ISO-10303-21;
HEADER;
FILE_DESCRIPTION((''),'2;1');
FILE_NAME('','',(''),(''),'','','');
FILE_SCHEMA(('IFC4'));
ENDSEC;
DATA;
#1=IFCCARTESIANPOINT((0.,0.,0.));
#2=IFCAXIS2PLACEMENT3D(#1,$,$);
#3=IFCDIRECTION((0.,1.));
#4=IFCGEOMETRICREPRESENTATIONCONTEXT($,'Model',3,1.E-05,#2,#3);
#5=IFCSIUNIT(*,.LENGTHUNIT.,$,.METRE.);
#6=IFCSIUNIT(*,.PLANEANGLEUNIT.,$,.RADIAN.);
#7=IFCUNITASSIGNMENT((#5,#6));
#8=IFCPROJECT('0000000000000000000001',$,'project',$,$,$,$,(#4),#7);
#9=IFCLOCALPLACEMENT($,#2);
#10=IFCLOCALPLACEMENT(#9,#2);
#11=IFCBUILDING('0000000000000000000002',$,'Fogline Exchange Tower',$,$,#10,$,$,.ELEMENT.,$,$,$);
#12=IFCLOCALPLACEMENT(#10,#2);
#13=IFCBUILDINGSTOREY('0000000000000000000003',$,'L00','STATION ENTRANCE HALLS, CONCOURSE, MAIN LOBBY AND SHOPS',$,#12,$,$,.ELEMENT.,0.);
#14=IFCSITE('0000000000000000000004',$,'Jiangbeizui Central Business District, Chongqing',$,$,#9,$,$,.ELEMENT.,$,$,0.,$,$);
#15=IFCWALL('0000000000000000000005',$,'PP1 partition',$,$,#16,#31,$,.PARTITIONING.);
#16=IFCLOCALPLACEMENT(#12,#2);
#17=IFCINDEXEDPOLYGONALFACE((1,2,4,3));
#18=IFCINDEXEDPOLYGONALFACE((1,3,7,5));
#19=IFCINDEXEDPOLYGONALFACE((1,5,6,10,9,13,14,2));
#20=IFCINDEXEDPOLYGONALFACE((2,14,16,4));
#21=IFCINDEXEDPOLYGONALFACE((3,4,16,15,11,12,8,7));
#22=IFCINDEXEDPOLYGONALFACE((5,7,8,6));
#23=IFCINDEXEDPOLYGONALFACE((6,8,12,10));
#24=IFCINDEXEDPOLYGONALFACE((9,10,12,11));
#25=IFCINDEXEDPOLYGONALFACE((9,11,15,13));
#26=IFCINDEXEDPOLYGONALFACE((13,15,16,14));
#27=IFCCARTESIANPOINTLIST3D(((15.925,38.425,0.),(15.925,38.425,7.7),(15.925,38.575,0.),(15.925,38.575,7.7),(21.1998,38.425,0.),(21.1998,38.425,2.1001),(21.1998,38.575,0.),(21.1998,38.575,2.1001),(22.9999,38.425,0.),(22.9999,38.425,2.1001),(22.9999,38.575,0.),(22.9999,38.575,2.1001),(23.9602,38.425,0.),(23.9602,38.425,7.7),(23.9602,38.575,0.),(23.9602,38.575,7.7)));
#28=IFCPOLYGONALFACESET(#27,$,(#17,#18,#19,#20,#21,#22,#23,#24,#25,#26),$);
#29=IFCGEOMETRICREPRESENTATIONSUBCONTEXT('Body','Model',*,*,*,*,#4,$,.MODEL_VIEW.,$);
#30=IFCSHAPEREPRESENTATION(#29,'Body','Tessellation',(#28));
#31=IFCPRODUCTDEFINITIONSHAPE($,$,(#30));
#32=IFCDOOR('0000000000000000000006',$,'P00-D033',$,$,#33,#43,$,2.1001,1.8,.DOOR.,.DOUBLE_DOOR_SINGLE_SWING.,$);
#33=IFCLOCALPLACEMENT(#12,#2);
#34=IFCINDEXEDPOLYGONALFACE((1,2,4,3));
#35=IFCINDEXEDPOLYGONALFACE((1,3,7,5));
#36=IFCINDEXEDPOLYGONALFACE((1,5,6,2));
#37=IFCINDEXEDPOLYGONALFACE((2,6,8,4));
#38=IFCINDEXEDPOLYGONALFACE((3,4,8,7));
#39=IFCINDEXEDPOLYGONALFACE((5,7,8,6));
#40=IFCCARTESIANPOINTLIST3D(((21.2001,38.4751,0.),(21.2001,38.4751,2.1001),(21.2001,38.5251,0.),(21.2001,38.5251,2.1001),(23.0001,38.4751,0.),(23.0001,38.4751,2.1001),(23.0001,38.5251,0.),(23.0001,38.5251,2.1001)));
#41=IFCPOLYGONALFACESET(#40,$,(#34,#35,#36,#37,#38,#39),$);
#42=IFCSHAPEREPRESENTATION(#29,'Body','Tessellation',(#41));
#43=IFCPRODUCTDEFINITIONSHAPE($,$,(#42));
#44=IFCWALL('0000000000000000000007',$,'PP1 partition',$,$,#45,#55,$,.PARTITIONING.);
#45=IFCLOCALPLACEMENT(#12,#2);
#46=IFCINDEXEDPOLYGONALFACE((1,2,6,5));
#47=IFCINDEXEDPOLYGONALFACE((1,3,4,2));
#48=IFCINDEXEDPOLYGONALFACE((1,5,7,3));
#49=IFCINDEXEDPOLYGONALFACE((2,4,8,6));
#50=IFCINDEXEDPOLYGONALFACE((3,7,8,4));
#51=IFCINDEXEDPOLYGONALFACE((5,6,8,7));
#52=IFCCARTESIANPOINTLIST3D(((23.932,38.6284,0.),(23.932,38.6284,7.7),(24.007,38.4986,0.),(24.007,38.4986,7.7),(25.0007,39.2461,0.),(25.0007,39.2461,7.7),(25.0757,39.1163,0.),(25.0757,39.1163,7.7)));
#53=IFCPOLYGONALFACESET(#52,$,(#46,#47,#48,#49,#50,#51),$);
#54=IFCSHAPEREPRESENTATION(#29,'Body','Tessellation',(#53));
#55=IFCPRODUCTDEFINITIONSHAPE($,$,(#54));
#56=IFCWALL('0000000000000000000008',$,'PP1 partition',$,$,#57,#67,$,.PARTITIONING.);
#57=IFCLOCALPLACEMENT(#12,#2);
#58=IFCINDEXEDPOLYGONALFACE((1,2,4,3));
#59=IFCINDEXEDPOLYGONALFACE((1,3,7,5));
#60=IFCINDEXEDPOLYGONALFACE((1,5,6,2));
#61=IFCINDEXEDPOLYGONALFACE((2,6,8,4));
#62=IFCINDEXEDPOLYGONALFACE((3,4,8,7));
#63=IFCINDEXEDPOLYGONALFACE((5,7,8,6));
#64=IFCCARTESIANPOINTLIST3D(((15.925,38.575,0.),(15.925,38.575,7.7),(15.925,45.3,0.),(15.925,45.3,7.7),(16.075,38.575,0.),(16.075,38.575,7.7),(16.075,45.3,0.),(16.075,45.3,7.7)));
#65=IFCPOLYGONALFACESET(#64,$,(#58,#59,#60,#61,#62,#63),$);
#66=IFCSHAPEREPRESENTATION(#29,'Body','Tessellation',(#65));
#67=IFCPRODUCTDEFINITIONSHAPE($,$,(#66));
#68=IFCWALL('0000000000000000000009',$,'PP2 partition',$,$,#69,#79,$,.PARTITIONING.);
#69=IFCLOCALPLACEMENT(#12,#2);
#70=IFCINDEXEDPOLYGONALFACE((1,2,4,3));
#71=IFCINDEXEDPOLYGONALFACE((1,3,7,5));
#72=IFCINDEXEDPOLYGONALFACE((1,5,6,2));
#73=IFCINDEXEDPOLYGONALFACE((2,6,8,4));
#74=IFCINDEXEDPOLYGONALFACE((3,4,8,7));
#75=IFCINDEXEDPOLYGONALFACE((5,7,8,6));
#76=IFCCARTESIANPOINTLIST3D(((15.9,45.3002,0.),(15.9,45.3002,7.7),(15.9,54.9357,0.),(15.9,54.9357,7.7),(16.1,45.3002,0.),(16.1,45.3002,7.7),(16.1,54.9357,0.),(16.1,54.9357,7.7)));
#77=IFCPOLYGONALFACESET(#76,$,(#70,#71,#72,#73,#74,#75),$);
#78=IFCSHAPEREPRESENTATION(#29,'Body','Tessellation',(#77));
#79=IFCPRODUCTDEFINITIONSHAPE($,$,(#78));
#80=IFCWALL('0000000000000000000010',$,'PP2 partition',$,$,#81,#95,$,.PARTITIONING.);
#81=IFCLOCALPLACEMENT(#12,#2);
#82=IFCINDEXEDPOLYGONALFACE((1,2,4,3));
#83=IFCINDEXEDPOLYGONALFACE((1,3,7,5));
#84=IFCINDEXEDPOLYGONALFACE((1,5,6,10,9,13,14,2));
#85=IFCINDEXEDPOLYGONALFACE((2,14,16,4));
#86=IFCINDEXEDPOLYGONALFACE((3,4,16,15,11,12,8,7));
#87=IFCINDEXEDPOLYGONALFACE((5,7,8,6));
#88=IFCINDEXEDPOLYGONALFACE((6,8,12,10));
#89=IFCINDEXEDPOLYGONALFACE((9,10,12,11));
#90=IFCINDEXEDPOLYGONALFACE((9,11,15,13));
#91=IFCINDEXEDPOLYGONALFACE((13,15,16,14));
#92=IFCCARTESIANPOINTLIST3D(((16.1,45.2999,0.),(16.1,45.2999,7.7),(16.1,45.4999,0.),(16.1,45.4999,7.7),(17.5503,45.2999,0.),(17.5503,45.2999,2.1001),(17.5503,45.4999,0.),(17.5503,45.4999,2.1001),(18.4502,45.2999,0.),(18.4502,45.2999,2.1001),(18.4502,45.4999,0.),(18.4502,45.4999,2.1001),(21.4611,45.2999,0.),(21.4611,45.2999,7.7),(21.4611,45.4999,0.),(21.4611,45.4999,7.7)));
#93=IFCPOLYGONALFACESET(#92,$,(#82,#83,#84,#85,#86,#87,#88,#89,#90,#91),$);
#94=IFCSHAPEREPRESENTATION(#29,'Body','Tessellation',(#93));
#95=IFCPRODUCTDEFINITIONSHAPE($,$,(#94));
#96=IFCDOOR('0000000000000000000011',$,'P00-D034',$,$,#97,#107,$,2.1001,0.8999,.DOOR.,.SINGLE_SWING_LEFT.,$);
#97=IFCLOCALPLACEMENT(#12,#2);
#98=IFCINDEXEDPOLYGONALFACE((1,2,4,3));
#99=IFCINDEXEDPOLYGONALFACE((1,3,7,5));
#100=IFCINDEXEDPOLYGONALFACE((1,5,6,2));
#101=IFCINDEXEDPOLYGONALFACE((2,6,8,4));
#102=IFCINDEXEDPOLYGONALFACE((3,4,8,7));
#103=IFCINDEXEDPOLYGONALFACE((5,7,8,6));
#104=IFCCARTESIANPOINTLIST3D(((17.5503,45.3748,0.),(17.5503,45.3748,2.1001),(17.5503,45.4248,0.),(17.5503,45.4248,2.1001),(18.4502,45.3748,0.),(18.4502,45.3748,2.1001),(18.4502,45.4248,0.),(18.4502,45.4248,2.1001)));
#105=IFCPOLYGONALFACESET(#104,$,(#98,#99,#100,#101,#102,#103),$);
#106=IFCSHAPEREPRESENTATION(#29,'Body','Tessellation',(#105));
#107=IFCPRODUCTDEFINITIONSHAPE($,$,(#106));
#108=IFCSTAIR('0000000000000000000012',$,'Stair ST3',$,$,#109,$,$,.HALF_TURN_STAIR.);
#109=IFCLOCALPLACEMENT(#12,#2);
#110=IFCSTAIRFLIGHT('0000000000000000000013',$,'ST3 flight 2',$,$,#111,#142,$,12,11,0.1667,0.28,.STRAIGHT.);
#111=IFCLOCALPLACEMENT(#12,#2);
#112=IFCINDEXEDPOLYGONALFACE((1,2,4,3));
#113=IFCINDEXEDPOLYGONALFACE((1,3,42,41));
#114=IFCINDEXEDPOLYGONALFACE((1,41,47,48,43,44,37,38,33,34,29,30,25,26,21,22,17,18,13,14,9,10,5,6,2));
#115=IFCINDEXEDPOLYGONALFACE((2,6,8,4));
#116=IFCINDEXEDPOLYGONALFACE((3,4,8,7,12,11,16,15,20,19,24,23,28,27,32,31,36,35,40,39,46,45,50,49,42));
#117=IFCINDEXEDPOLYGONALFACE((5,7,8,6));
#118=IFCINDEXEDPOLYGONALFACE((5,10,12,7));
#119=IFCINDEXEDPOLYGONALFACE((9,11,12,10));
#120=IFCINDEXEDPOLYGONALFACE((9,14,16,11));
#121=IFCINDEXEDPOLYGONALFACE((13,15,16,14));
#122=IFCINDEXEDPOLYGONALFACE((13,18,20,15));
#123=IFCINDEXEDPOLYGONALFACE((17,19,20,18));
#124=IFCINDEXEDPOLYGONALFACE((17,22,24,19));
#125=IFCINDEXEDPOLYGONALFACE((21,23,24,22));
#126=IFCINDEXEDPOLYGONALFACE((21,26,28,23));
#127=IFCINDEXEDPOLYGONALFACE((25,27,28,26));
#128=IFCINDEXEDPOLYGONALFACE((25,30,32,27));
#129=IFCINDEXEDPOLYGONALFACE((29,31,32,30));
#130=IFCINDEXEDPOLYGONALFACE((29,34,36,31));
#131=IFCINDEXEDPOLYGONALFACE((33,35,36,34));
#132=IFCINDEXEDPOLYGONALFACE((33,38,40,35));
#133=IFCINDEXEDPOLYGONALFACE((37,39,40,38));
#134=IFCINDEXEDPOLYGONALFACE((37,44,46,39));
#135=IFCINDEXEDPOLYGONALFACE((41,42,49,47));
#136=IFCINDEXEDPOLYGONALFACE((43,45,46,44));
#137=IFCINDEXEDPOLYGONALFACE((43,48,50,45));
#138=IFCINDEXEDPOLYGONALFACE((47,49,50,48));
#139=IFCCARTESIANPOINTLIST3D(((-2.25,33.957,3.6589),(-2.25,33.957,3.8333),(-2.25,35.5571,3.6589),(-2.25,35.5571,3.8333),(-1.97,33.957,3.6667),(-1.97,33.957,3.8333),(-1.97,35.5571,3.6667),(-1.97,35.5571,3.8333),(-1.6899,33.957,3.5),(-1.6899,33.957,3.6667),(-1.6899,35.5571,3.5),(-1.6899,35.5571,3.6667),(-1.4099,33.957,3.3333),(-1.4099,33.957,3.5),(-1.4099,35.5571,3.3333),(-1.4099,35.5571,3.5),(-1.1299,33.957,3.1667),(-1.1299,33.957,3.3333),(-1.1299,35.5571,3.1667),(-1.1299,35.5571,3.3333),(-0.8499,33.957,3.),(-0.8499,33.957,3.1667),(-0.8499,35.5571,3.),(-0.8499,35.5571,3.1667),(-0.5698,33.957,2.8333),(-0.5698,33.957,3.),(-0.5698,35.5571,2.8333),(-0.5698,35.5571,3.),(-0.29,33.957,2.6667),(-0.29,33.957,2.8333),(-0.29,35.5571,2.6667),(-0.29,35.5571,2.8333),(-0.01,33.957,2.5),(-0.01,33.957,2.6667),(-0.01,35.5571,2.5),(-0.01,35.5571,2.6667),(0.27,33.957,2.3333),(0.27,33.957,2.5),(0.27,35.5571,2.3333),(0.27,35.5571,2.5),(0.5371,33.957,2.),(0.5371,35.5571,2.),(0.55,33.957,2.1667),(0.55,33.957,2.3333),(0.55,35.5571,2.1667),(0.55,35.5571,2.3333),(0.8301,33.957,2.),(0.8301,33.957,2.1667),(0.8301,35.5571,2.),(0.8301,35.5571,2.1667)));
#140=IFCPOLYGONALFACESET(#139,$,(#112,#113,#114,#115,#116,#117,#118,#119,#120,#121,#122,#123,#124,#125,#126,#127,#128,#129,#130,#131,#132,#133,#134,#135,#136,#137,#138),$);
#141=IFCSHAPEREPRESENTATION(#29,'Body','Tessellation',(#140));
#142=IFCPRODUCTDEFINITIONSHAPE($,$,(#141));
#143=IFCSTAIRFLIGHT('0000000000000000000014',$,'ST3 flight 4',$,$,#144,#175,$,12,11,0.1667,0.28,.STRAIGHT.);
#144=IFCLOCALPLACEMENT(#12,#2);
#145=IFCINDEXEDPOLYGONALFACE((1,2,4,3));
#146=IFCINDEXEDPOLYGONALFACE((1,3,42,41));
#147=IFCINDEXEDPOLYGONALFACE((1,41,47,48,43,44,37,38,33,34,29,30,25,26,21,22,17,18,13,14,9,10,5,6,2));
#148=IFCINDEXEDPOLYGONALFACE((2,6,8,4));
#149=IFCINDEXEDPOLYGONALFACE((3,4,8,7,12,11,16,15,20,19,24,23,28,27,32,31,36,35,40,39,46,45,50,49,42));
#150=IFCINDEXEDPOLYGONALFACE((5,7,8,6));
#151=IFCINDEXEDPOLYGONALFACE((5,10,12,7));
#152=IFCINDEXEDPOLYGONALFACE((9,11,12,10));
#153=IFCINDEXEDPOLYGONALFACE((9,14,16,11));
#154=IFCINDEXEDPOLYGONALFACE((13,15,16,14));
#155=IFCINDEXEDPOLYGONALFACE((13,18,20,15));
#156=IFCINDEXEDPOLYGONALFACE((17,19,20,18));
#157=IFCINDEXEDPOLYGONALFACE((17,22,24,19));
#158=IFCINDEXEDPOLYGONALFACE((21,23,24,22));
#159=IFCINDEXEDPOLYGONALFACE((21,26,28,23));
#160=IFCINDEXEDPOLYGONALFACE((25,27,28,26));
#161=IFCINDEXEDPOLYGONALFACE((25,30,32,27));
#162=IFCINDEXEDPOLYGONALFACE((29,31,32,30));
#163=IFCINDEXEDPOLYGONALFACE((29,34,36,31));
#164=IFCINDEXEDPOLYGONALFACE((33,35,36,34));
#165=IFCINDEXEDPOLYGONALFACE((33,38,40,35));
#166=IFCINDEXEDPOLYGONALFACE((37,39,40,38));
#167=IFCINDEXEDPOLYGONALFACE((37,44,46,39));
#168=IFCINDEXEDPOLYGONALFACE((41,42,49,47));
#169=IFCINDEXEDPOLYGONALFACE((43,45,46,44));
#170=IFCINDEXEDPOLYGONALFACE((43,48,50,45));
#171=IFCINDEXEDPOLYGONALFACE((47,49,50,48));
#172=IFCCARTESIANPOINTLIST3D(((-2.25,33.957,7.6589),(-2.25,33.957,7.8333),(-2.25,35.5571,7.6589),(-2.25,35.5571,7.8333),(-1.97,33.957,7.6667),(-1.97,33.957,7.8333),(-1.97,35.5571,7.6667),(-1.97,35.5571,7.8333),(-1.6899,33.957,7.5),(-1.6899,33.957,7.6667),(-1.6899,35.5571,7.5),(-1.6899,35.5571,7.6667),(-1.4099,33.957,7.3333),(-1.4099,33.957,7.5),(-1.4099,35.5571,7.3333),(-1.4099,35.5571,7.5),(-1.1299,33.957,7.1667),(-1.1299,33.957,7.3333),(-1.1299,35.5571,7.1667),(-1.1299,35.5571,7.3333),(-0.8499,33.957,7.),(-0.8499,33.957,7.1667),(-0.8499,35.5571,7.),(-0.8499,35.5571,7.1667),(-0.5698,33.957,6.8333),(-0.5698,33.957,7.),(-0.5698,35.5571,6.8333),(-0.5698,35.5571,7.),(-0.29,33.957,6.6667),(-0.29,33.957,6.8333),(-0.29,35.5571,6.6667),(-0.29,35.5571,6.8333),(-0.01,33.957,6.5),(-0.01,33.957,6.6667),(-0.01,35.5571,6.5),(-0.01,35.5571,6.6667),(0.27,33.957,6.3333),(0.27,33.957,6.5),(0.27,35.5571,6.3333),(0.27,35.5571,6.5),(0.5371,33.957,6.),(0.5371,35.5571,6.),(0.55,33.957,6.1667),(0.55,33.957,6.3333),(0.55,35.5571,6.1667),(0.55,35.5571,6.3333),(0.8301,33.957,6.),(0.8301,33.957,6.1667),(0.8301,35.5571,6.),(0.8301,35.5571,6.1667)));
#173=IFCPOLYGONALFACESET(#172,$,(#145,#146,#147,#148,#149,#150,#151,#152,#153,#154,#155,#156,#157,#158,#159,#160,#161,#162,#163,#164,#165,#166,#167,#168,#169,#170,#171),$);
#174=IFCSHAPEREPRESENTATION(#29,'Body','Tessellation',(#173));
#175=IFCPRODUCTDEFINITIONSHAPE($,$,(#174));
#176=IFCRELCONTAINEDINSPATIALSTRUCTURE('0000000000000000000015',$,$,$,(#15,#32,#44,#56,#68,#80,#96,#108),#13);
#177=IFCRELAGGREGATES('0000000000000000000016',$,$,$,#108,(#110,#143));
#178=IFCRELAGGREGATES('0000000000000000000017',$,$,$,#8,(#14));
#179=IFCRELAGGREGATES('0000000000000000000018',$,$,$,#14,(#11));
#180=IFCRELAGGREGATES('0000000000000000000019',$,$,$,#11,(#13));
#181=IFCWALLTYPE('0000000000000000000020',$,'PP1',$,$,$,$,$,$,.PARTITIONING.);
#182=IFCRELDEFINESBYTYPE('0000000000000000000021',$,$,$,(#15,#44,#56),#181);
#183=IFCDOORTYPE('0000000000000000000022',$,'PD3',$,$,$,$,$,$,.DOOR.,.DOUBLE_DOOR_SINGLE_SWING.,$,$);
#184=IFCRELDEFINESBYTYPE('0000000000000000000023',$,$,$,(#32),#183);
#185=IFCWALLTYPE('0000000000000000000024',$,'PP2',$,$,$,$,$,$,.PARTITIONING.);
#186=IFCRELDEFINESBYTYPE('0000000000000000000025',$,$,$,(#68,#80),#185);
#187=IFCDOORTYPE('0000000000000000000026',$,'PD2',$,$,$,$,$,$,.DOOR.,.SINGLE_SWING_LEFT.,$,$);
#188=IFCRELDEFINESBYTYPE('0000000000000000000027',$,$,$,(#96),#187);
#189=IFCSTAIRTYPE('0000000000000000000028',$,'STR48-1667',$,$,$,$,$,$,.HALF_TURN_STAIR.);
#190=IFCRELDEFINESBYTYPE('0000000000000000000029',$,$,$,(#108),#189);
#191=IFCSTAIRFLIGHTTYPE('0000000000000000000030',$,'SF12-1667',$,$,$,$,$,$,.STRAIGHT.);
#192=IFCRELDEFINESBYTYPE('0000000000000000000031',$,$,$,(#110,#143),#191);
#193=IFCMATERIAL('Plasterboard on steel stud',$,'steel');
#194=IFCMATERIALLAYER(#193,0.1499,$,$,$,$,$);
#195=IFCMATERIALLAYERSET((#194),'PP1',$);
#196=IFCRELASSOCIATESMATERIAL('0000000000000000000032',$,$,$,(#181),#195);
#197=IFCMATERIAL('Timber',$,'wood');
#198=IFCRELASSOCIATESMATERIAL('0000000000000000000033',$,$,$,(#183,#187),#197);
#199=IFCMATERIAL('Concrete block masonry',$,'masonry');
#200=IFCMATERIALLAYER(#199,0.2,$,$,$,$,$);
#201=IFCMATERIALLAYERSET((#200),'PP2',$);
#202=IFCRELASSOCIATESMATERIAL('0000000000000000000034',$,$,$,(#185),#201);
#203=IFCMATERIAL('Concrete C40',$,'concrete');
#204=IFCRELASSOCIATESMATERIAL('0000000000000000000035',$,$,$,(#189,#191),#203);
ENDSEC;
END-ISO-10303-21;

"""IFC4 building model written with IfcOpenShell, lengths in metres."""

from ifc_helpers import new_model, si_unit, direction, frame, frame_2d, origin, place, context, subcontext, project, spatial, polyline, rectangle, outline, extrude, material, layer, layer_set, type_object, element, fill, aggregate, save


model = new_model("IFC4")

# Units and contexts
model_context = context("Model", 3, precision=1e-05, world=origin(), true_north=direction((0.0, 1.0)))
body_context = subcontext(model_context, "Body", "Model", "MODEL_VIEW")
ifc_project = project(units=[si_unit("LENGTHUNIT", "METRE"), si_unit("PLANEANGLEUNIT", "RADIAN")], contexts=[model_context])

# Site, building, storey
site_placement = place(None, origin())
site = spatial("IfcSite", under=ifc_project, at=site_placement, Name="Jiangbeizui Central Business District, Chongqing", CompositionType="ELEMENT", RefElevation=0.0)
building_placement = place(site_placement, origin())
building = spatial("IfcBuilding", under=site, at=building_placement, Name="Fogline Exchange Tower", CompositionType="ELEMENT")
storey_placement = place(building_placement, origin())
storey = spatial("IfcBuildingStorey", under=building, at=storey_placement, Name="L00", Description="STATION ENTRANCE HALLS, CONCOURSE, MAIN LOBBY AND SHOPS", CompositionType="ELEMENT", Elevation=0.0)

# Shared definitions
ifc_material_1 = material(Name="Concrete C40", Category="concrete")

# Shared definitions
ifc_material_2 = material(Name="Plasterboard on steel stud", Category="steel")
ifc_layer_1 = layer(ifc_material_2, 0.1499)
ifc_layer_set_1 = layer_set([ifc_layer_1], Name="PP1")
wall_type_1 = type_object("IfcWallType", Name="PP1", PredefinedType="PARTITIONING", material=ifc_layer_set_1)

# Shared definitions
ifc_material_3 = material(Name="Timber", Category="wood")
door_type_1 = type_object("IfcDoorType", Name="PD3", OperationType="DOUBLE_DOOR_SINGLE_SWING", PredefinedType="DOOR", material=ifc_material_3)

# Wall, opening, door
wall_1_placement = place(storey_placement, frame((15.925, 38.5, 0.0), z_axis=(0.0, 0.0, 1.0), x_axis=(1.0, 0.0, 0.0)))
wall_1 = element("IfcWall", 1, at=wall_1_placement, inside=storey, type_object=wall_type_1, Name="PP1 partition", PredefinedType="PARTITIONING", context=body_context, shape_type="SweptSolid", body=[
    extrude(rectangle(XDim=8.0352, YDim=0.1499, at=frame_2d((4.0176, 0.0))), origin(), (0.0, 0.0, 1.0), 7.7),
])
opening_1_placement = place(wall_1_placement, frame((5.2749, 0.0, 0.0)))
opening_1 = element("IfcOpeningElement", 2, at=opening_1_placement, cuts=wall_1, PredefinedType="OPENING", context=body_context, shape_type="SweptSolid", body=[
    extrude(rectangle(XDim=1.8, YDim=2.1001, at=frame_2d((0.8999, 1.05))), frame((0.0, 0.085, 0.0), z_axis=(0.0, -1.0, 0.0), x_axis=(1.0, 0.0, 0.0)), (0.0, 0.0, 1.0), 0.1699),
])
door_1_placement = place(opening_1_placement, frame((1.8, 0.0, 0.0), z_axis=(0.0, 0.0, 1.0), x_axis=(-1.0, 0.0, 0.0)))
door_1 = element("IfcDoor", 3, at=door_1_placement, inside=storey, type_object=door_type_1, Name="P00-D033", OperationType="DOUBLE_DOOR_SINGLE_SWING", OverallHeight=2.1001, OverallWidth=1.8, PredefinedType="DOOR", context=body_context, shape_type="SweptSolid", body=[
    extrude(rectangle(XDim=1.8, YDim=2.1001, at=frame_2d((0.8999, 1.05))), frame((0.0, 0.0249, 0.0), z_axis=(0.0, -1.0, 0.0), x_axis=(1.0, 0.0, 0.0)), (0.0, 0.0, 1.0), 0.05),
])
fill(opening_1, door_1)

# Walls
wall_2_placement = place(storey_placement, frame((23.9695, 38.5635, 0.0), z_axis=(0.0, 0.0, 1.0), x_axis=(0.865774, 0.500436, 0.0)))
element("IfcWall", 4, at=wall_2_placement, inside=storey, type_object=wall_type_1, Name="PP1 partition", PredefinedType="PARTITIONING", context=body_context, shape_type="SweptSolid", body=[
    extrude(rectangle(XDim=1.2344, YDim=0.1499, at=frame_2d((0.6172, 0.0))), origin(), (0.0, 0.0, 1.0), 7.7),
])
wall_3_placement = place(storey_placement, frame((16.0, 38.575, 0.0), z_axis=(0.0, 0.0, 1.0), x_axis=(0.0, 1.0, 0.0)))
element("IfcWall", 5, at=wall_3_placement, inside=storey, type_object=wall_type_1, Name="PP1 partition", PredefinedType="PARTITIONING", context=body_context, shape_type="SweptSolid", body=[
    extrude(rectangle(XDim=6.7251, YDim=0.1499, at=frame_2d((3.3625, 0.0))), origin(), (0.0, 0.0, 1.0), 7.7),
])
ifc_material_4 = material(Name="Concrete block masonry", Category="masonry")
ifc_layer_2 = layer(ifc_material_4, 0.2)
ifc_layer_set_2 = layer_set([ifc_layer_2], Name="PP2")
wall_type_2 = type_object("IfcWallType", Name="PP2", PredefinedType="PARTITIONING", material=ifc_layer_set_2)
wall_4_placement = place(storey_placement, frame((16.0, 45.3, 0.0), z_axis=(0.0, 0.0, 1.0), x_axis=(0.0, 1.0, 0.0)))
element("IfcWall", 6, at=wall_4_placement, inside=storey, type_object=wall_type_2, Name="PP2 partition", PredefinedType="PARTITIONING", context=body_context, shape_type="SweptSolid", body=[
    extrude(rectangle(XDim=9.6355, YDim=0.2, at=frame_2d((4.8179, 0.0))), origin(), (0.0, 0.0, 1.0), 7.7),
])

# Wall, opening, door
wall_5_placement = place(storey_placement, frame((21.4612, 45.3999, 0.0), z_axis=(0.0, 0.0, 1.0), x_axis=(-1.0, 0.0, 0.0)))
wall_5 = element("IfcWall", 7, at=wall_5_placement, inside=storey, type_object=wall_type_2, Name="PP2 partition", PredefinedType="PARTITIONING", context=body_context, shape_type="SweptSolid", body=[
    extrude(rectangle(XDim=5.3611, YDim=0.2, at=frame_2d((2.6807, 0.0))), origin(), (0.0, 0.0, 1.0), 7.7),
])
opening_2_placement = place(wall_5_placement, frame((3.011, 0.0, 0.0)))
opening_2 = element("IfcOpeningElement", 8, at=opening_2_placement, cuts=wall_5, PredefinedType="OPENING", context=body_context, shape_type="SweptSolid", body=[
    extrude(rectangle(XDim=0.8999, YDim=2.1001, at=frame_2d((0.45, 1.05))), frame((0.0, 0.1099, 0.0), z_axis=(0.0, -1.0, 0.0), x_axis=(1.0, 0.0, 0.0)), (0.0, 0.0, 1.0), 0.22),
])
door_type_2 = type_object("IfcDoorType", Name="PD2", OperationType="SINGLE_SWING_LEFT", PredefinedType="DOOR", material=ifc_material_3)
door_2_placement = place(opening_2_placement, frame((0.8999, 0.0, 0.0), z_axis=(0.0, 0.0, 1.0), x_axis=(-1.0, 0.0, 0.0)))
door_2 = element("IfcDoor", 9, at=door_2_placement, inside=storey, type_object=door_type_2, Name="P00-D034", OperationType="SINGLE_SWING_LEFT", OverallHeight=2.1001, OverallWidth=0.8999, PredefinedType="DOOR", context=body_context, shape_type="SweptSolid", body=[
    extrude(rectangle(XDim=0.8999, YDim=2.1001, at=frame_2d((0.45, 1.05))), frame((0.0, 0.0249, 0.0), z_axis=(0.0, -1.0, 0.0), x_axis=(1.0, 0.0, 0.0)), (0.0, 0.0, 1.0), 0.05),
])
fill(opening_2, door_2)

# Stair, stair flights
stair_type = type_object("IfcStairType", Name="STR48-1667", PredefinedType="HALF_TURN_STAIR", material=ifc_material_1)
stair_placement = place(storey_placement, origin())
stair = element("IfcStair", 10, at=stair_placement, inside=storey, type_object=stair_type, Name="Stair ST3", PredefinedType="HALF_TURN_STAIR")
stair_flight_type = type_object("IfcStairFlightType", Name="SF12-1667", PredefinedType="STRAIGHT", material=ifc_material_1)
stair_flight_1_placement = place(storey_placement, frame((0.8301, 34.7571, 2.0), z_axis=(0.0, 0.0, 1.0), x_axis=(-1.0, 0.0, 0.0)))
stair_flight_1 = element("IfcStairFlight", 11, at=stair_flight_1_placement, type_object=stair_flight_type, Name="ST3 flight 2", NumberOfRisers=12, NumberOfTreads=11, PredefinedType="STRAIGHT", RiserHeight=0.1667, TreadLength=0.28, context=body_context, shape_type="SweptSolid", body=[
    extrude(outline(polyline([(0.0, 0.0), (0.0, 0.1667), (0.28, 0.1667), (0.28, 0.3333), (0.5601, 0.3333), (0.5601, 0.5), (0.8401, 0.5), (0.8401, 0.6667), (1.1201, 0.6667), (1.1201, 0.8333), (1.3999, 0.8333), (1.3999, 1.0), (1.6799, 1.0), (1.6799, 1.1667), (1.96, 1.1667), (1.96, 1.3333), (2.24, 1.3333), (2.24, 1.5), (2.52, 1.5), (2.52, 1.6667), (2.8, 1.6667), (2.8, 1.8333), (3.0801, 1.8333), (3.0801, 2.0), (3.0801, 1.6589), (0.293, 0.0), (0.0, 0.0)])), frame((0.0, 0.8, 0.0), z_axis=(0.0, -1.0, 0.0), x_axis=(1.0, 0.0, 0.0)), (0.0, 0.0, 1.0), 1.6001),
])
stair_flight_2_placement = place(storey_placement, frame((0.8301, 34.7571, 6.0), z_axis=(0.0, 0.0, 1.0), x_axis=(-1.0, 0.0, 0.0)))
stair_flight_2 = element("IfcStairFlight", 12, at=stair_flight_2_placement, type_object=stair_flight_type, Name="ST3 flight 4", NumberOfRisers=12, NumberOfTreads=11, PredefinedType="STRAIGHT", RiserHeight=0.1667, TreadLength=0.28, context=body_context, shape_type="SweptSolid", body=[
    extrude(outline(polyline([(0.0, 0.0), (0.0, 0.1667), (0.28, 0.1667), (0.28, 0.3333), (0.5601, 0.3333), (0.5601, 0.5), (0.8401, 0.5), (0.8401, 0.6667), (1.1201, 0.6667), (1.1201, 0.8333), (1.3999, 0.8333), (1.3999, 1.0), (1.6799, 1.0), (1.6799, 1.1667), (1.96, 1.1667), (1.96, 1.3333), (2.24, 1.3333), (2.24, 1.5), (2.52, 1.5), (2.52, 1.6667), (2.8, 1.6667), (2.8, 1.8333), (3.0801, 1.8333), (3.0801, 2.0), (3.0801, 1.6589), (0.293, 0.0), (0.0, 0.0)])), frame((0.0, 0.8, 0.0), z_axis=(0.0, -1.0, 0.0), x_axis=(1.0, 0.0, 0.0)), (0.0, 0.0, 1.0), 1.6001),
])
aggregate(stair, [stair_flight_1, stair_flight_2])

save(model, "model.ifc")
